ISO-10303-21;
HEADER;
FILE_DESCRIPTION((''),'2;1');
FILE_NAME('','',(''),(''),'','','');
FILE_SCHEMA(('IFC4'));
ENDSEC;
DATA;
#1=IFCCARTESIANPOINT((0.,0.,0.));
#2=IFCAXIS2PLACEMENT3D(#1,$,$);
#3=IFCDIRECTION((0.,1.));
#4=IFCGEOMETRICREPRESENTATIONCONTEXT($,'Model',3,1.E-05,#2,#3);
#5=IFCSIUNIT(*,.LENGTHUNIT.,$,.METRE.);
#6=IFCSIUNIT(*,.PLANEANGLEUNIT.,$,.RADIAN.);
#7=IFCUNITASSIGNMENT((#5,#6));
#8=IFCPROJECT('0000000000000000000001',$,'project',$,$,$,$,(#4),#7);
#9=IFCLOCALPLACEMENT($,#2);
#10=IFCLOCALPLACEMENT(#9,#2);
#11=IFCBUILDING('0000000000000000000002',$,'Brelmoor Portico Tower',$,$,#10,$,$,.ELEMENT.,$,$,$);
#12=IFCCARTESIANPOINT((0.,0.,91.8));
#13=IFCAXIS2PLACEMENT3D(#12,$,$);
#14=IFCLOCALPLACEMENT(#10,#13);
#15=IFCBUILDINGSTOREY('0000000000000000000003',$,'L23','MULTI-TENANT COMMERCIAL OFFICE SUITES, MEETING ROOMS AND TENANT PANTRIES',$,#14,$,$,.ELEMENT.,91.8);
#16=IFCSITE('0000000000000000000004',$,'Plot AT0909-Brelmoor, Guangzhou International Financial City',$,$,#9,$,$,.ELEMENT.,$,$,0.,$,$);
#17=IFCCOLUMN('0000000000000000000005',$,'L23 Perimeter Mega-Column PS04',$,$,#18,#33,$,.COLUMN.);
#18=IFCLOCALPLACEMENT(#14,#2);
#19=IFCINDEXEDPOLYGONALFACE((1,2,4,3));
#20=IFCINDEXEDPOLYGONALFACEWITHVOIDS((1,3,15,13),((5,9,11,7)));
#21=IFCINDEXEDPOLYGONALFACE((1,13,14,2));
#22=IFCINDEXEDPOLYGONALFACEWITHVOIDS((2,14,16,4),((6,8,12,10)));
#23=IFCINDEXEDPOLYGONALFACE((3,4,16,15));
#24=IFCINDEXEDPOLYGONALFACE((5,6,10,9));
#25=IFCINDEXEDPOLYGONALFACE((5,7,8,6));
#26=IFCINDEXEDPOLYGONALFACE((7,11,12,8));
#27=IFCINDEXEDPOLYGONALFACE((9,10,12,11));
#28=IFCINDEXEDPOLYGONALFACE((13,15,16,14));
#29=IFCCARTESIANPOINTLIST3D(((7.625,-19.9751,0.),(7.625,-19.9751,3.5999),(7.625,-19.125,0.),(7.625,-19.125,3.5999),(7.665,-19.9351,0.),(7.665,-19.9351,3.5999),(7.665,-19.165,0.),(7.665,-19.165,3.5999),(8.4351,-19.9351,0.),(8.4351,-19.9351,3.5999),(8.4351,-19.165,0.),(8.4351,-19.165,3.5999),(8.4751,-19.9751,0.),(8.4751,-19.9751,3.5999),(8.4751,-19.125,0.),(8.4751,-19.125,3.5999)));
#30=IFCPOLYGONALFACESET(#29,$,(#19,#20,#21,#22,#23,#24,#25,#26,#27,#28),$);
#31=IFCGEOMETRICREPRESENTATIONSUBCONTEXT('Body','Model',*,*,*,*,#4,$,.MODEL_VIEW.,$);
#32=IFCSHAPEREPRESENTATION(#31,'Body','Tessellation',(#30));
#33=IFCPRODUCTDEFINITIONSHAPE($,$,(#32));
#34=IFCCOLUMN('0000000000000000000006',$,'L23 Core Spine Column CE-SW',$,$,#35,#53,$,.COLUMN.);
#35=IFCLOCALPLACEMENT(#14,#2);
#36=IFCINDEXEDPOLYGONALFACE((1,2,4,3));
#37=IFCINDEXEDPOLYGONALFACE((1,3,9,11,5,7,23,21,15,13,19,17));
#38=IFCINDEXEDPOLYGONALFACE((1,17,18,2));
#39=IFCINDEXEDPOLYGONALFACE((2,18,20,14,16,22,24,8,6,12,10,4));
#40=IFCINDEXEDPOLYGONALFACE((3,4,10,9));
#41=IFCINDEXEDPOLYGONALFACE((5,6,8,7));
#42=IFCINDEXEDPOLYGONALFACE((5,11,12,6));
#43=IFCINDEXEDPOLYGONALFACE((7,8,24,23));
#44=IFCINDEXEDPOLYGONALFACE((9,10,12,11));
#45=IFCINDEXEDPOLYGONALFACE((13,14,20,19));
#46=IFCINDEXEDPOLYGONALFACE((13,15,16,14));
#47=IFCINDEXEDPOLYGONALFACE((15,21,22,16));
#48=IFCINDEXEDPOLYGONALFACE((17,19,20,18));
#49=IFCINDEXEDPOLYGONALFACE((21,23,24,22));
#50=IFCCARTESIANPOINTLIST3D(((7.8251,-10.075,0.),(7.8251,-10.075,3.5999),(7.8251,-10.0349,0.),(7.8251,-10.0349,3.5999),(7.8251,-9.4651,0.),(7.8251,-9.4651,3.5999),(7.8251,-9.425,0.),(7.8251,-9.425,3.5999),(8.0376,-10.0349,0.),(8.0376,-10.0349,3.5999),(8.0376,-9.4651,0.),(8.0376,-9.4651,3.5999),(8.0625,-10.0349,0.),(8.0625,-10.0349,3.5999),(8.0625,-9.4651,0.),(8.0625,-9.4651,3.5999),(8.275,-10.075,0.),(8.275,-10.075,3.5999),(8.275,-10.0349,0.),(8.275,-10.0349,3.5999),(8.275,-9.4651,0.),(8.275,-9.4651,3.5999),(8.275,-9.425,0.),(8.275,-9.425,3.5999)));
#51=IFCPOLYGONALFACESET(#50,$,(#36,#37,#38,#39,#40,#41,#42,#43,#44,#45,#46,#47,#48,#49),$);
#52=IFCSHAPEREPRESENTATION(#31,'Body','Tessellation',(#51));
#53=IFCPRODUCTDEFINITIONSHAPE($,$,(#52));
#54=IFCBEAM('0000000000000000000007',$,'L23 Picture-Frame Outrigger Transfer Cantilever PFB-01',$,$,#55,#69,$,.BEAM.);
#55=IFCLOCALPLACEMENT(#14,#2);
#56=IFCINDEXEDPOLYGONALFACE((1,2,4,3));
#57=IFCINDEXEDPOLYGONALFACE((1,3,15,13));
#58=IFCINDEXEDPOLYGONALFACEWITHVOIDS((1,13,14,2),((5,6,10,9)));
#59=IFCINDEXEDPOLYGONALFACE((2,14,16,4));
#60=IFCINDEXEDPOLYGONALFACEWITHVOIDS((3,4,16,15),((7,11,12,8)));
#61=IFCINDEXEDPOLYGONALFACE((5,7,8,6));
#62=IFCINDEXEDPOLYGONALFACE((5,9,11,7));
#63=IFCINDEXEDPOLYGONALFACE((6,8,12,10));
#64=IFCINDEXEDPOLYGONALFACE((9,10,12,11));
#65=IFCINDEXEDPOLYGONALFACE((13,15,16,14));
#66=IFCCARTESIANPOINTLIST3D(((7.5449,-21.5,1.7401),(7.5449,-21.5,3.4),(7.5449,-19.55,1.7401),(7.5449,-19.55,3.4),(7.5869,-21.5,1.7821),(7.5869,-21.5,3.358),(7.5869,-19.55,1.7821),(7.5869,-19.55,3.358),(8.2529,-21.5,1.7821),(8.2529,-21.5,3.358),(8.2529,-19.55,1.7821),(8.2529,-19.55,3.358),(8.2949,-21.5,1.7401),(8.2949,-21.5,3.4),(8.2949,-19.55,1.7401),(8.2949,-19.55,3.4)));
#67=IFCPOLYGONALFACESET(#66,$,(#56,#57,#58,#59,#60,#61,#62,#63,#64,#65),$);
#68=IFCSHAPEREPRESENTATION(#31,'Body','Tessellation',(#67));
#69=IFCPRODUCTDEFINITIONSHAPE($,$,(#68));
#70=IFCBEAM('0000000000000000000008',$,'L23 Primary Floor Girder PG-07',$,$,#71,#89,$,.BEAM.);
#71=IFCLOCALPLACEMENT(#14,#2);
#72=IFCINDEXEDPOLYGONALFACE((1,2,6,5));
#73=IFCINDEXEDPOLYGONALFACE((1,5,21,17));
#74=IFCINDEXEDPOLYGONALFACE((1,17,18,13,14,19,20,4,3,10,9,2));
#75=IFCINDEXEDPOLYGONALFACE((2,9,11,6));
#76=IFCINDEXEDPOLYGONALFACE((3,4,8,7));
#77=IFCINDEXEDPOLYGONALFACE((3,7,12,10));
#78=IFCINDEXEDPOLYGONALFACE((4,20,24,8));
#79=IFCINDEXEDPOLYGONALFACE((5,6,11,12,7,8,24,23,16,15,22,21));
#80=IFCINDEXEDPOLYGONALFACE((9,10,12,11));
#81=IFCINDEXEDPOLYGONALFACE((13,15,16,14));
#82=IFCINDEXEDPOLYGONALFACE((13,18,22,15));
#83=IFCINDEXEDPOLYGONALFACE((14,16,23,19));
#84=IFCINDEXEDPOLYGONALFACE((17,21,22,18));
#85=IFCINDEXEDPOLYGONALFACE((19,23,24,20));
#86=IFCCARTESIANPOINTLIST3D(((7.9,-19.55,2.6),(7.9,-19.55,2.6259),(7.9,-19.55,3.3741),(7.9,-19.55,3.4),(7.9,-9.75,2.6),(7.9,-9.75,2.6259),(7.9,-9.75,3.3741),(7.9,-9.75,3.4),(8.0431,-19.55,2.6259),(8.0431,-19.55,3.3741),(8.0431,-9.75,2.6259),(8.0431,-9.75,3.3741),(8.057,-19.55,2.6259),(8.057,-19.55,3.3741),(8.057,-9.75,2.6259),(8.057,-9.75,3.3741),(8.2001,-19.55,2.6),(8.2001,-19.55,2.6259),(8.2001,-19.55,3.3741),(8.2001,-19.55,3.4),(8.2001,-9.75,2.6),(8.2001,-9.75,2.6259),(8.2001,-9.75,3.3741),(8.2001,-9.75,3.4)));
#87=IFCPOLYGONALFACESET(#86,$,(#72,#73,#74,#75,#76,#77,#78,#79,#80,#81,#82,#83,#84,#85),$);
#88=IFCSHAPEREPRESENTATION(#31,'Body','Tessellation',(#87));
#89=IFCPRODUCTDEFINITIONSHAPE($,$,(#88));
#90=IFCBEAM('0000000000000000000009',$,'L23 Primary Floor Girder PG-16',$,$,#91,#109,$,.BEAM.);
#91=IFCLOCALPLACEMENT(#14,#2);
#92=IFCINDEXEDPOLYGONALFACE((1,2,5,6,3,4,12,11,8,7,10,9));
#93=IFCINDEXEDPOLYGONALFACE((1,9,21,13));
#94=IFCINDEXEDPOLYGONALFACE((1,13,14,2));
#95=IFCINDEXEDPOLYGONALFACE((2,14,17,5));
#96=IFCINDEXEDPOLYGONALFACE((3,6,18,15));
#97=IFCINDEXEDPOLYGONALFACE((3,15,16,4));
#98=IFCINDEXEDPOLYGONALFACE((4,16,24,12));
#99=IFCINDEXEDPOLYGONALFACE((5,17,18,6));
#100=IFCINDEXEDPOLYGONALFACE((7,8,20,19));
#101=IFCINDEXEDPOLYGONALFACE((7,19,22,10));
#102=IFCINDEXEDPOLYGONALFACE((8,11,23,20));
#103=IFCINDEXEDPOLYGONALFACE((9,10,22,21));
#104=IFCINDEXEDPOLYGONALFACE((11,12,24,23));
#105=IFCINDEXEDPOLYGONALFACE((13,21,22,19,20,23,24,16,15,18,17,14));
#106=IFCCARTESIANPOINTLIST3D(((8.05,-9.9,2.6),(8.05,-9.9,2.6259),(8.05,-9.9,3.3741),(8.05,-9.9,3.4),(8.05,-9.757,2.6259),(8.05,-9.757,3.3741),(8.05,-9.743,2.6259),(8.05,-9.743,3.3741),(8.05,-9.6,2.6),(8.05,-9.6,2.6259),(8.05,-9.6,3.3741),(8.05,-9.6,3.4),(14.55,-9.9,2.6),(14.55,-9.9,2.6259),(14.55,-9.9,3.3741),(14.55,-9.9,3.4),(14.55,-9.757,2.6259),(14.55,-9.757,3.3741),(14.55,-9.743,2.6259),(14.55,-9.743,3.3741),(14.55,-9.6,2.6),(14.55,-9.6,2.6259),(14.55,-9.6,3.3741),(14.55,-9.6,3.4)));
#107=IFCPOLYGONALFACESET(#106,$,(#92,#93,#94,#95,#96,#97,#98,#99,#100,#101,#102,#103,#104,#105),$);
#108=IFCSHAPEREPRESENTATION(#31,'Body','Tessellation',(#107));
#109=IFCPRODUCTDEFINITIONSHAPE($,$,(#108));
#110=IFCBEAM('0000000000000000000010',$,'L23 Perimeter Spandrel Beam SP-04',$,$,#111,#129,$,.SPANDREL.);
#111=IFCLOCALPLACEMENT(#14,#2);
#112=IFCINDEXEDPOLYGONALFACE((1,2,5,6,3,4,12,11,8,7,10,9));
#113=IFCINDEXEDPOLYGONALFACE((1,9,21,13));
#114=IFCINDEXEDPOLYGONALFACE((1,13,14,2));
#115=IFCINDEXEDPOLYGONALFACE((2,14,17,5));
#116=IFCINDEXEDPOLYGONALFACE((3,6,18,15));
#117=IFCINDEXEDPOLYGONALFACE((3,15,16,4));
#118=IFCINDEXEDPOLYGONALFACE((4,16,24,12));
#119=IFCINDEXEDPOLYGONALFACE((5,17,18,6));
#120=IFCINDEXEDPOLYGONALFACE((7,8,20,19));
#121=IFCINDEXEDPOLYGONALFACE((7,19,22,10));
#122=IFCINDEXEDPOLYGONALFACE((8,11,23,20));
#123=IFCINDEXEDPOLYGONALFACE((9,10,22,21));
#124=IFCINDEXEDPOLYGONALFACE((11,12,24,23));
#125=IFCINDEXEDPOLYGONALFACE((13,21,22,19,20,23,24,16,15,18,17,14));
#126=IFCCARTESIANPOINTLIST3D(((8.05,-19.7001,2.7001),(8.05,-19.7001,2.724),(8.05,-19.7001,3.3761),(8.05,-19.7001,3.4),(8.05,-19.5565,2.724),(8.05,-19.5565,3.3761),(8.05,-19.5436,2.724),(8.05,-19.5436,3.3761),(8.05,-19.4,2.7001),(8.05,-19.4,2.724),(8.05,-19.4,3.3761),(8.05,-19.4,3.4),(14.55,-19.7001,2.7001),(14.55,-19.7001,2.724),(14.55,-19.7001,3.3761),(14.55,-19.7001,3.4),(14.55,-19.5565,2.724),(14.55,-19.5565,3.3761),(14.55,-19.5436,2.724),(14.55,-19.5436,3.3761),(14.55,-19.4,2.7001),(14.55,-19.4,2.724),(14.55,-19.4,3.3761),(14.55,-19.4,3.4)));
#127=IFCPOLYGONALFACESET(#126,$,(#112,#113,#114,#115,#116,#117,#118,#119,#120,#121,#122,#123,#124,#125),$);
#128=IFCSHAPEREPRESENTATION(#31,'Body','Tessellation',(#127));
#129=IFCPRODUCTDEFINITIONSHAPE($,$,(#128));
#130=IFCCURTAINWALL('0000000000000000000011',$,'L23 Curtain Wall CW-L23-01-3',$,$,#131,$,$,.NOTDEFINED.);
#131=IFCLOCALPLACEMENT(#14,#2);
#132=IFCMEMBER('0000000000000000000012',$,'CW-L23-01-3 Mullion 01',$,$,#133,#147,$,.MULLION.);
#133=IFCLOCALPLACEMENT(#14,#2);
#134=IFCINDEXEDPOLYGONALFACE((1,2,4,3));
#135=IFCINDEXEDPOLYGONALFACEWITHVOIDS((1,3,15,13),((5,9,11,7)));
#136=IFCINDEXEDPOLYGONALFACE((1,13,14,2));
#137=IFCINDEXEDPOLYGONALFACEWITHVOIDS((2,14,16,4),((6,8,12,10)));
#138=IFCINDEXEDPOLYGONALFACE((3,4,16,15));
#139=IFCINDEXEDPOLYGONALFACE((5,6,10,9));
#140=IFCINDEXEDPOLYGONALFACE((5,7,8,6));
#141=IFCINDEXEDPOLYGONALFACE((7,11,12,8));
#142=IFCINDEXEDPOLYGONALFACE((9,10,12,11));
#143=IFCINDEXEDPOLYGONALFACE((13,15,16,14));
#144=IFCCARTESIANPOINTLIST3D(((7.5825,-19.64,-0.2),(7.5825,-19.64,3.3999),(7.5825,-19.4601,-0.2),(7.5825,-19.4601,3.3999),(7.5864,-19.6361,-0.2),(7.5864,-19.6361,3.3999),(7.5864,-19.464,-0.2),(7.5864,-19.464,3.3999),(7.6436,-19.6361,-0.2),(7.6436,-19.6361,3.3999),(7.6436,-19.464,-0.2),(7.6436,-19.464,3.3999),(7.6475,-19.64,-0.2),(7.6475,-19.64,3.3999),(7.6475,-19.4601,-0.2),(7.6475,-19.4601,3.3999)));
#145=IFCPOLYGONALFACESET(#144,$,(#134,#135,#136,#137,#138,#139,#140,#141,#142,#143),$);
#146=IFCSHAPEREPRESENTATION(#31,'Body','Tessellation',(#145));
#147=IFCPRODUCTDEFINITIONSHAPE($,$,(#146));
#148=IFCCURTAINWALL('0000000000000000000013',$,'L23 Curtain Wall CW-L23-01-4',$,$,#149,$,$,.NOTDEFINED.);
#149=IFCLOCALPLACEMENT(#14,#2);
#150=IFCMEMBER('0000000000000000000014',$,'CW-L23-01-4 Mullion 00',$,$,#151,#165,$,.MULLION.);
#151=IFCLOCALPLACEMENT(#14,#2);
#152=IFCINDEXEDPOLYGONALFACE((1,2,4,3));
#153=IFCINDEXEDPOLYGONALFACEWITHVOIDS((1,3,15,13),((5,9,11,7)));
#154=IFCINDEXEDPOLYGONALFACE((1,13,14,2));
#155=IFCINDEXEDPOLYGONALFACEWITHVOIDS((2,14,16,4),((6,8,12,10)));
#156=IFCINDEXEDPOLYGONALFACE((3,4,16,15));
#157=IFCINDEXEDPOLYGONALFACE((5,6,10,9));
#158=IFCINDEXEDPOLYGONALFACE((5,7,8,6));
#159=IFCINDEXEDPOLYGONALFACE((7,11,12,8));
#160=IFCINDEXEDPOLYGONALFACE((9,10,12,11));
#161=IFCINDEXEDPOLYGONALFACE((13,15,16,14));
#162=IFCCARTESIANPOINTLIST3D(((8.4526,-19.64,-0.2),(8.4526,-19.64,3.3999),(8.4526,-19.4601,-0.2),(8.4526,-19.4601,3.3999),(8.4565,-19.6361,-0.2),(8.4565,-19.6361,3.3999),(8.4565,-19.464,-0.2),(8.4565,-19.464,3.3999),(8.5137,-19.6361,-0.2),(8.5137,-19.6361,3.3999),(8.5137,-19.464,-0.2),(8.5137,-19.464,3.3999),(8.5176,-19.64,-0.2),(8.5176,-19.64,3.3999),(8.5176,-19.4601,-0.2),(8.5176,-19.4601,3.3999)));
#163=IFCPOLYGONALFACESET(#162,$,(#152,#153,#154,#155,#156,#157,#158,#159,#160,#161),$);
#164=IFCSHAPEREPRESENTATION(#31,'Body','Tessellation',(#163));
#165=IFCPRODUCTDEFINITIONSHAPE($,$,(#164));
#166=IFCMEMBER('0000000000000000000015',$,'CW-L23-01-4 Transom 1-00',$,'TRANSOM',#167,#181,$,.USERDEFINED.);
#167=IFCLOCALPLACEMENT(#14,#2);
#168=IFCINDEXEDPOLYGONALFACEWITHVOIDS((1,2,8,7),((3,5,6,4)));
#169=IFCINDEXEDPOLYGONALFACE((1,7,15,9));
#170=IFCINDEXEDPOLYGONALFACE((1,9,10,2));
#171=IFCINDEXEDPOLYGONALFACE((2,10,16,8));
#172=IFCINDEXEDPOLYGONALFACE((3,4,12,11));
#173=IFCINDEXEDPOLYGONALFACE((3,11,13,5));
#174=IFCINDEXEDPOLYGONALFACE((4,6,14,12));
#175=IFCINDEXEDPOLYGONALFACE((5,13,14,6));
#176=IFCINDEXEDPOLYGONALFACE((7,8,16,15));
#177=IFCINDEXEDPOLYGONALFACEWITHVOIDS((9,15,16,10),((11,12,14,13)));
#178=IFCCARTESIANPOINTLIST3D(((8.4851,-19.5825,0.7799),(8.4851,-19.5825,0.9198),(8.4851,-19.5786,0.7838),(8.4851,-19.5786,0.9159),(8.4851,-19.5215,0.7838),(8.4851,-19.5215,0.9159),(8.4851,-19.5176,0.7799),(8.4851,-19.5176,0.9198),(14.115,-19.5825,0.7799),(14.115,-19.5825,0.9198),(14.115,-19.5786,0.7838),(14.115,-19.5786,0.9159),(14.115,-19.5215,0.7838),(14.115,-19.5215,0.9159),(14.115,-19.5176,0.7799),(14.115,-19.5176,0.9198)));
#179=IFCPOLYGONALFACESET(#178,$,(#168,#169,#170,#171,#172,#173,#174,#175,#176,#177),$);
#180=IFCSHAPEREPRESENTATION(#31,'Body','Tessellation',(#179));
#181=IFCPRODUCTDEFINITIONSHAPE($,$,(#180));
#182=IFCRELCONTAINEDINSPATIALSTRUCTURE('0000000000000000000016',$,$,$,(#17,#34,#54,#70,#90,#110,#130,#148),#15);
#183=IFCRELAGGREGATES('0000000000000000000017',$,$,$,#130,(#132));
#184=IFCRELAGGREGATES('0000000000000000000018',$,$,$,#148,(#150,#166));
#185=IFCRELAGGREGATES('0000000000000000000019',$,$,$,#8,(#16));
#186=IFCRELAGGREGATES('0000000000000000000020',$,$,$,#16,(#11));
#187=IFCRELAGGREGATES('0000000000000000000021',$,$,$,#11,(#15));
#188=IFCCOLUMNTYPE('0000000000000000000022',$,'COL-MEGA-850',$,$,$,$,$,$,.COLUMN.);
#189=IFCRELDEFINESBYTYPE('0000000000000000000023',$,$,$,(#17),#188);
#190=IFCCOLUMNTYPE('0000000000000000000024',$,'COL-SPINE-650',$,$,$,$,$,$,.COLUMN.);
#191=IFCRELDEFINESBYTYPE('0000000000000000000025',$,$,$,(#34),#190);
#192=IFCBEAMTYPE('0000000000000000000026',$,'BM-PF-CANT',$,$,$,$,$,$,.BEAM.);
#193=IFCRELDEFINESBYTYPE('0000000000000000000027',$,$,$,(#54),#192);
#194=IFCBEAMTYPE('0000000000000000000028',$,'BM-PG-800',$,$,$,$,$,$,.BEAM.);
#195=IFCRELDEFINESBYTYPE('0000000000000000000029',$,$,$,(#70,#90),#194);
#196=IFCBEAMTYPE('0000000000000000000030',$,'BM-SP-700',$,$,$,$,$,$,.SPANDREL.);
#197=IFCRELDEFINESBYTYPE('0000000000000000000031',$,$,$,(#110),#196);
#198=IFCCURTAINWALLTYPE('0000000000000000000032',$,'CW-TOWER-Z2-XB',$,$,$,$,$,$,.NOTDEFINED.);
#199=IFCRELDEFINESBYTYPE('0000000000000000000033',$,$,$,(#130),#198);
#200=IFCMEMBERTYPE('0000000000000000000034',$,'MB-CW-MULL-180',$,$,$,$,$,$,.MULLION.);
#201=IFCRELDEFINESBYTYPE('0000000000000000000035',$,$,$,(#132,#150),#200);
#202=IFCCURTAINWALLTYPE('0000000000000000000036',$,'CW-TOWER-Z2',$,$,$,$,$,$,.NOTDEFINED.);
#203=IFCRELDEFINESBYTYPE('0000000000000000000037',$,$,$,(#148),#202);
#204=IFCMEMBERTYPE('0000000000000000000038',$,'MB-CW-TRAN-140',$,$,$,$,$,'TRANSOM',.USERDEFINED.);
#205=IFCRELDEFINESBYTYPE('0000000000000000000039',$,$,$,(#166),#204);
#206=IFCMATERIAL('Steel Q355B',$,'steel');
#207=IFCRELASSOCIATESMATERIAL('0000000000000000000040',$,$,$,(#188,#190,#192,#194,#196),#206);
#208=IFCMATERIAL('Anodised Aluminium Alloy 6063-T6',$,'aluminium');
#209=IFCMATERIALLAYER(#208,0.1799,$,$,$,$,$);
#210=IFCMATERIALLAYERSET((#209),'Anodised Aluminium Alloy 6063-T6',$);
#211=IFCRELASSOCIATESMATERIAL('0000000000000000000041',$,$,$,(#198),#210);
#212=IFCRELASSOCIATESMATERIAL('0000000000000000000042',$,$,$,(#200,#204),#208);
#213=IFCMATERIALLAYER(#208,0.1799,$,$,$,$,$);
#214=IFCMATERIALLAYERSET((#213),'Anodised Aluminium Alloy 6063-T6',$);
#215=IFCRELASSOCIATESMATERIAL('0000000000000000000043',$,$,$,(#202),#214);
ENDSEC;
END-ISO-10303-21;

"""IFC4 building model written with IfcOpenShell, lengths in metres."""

from ifc_helpers import new_model, si_unit, direction, frame, origin, origin_2d, place, context, subcontext, project, spatial, hollow_rectangle, i_section, extrude, material, layer, layer_set, material_profile, profile_set, type_object, element, aggregate, save


model = new_model("IFC4")

# Units and contexts
model_context = context("Model", 3, precision=1e-05, world=origin(), true_north=direction((0.0, 1.0)))
body_context = subcontext(model_context, "Body", "Model", "MODEL_VIEW")
ifc_project = project(units=[si_unit("LENGTHUNIT", "METRE"), si_unit("PLANEANGLEUNIT", "RADIAN")], contexts=[model_context])

# Site, building, storey
site_placement = place(None, origin())
site = spatial("IfcSite", under=ifc_project, at=site_placement, Name="Plot AT0909-Brelmoor, Guangzhou International Financial City", CompositionType="ELEMENT", RefElevation=0.0)
building_placement = place(site_placement, origin())
building = spatial("IfcBuilding", under=site, at=building_placement, Name="Brelmoor Portico Tower", CompositionType="ELEMENT")
storey_placement = place(building_placement, frame((0.0, 0.0, 91.8)))
storey = spatial("IfcBuildingStorey", under=building, at=storey_placement, Name="L23", Description="MULTI-TENANT COMMERCIAL OFFICE SUITES, MEETING ROOMS AND TENANT PANTRIES", CompositionType="ELEMENT", Elevation=91.8)

# Columns
ifc_material_1 = material(Name="Steel Q355B", Category="steel")
ifc_material_profile_1 = material_profile(ifc_material_1, hollow_rectangle(XDim=0.8501, YDim=0.8501, WallThickness=0.04, at=origin_2d()), Name="BOX 850x850x40")
ifc_profile_set_1 = profile_set([ifc_material_profile_1], Name="Steel Q355B")
column_type_1 = type_object("IfcColumnType", Name="COL-MEGA-850", PredefinedType="COLUMN", material=ifc_profile_set_1)
column_1_placement = place(storey_placement, frame((8.05, -19.55, 0.0), z_axis=(0.0, 0.0, 1.0), x_axis=(1.0, 0.0, 0.0)))
element("IfcColumn", 1, at=column_1_placement, inside=storey, type_object=column_type_1, Name="L23 Perimeter Mega-Column PS04", PredefinedType="COLUMN", context=body_context, shape_type="SweptSolid", body=[
    extrude(hollow_rectangle(XDim=0.8501, YDim=0.8501, WallThickness=0.04, at=origin_2d()), origin(), (0.0, 0.0, 1.0), 3.5999),
])
ifc_material_profile_2 = material_profile(ifc_material_1, i_section(OverallWidth=0.45, OverallDepth=0.6499, WebThickness=0.0249, FlangeThickness=0.04, at=origin_2d()), Name="HW 650x450x25x40")
ifc_profile_set_2 = profile_set([ifc_material_profile_2], Name="Steel Q355B")
column_type_2 = type_object("IfcColumnType", Name="COL-SPINE-650", PredefinedType="COLUMN", material=ifc_profile_set_2)
column_2_placement = place(storey_placement, frame((8.05, -9.75, 0.0), z_axis=(0.0, 0.0, 1.0), x_axis=(1.0, 0.0, 0.0)))
element("IfcColumn", 2, at=column_2_placement, inside=storey, type_object=column_type_2, Name="L23 Core Spine Column CE-SW", PredefinedType="COLUMN", context=body_context, shape_type="SweptSolid", body=[
    extrude(i_section(OverallWidth=0.45, OverallDepth=0.6499, WebThickness=0.0249, FlangeThickness=0.04, at=origin_2d()), origin(), (0.0, 0.0, 1.0), 3.5999),
])

# Beams
ifc_material_profile_3 = material_profile(ifc_material_1, hollow_rectangle(XDim=0.75, YDim=1.6599, WallThickness=0.042, at=origin_2d()), Name="BOX 750x1660x42")
ifc_profile_set_3 = profile_set([ifc_material_profile_3], Name="Steel Q355B")
beam_type_1 = type_object("IfcBeamType", Name="BM-PF-CANT", PredefinedType="BEAM", material=ifc_profile_set_3)
beam_1_placement = place(storey_placement, frame((7.9199, -21.5, 2.5701), z_axis=(0.0, 1.0, 0.0), x_axis=(-1.0, 0.0, 0.0)))
element("IfcBeam", 3, at=beam_1_placement, inside=storey, type_object=beam_type_1, Name="L23 Picture-Frame Outrigger Transfer Cantilever PFB-01", PredefinedType="BEAM", context=body_context, shape_type="SweptSolid", body=[
    extrude(hollow_rectangle(XDim=0.75, YDim=1.6599, WallThickness=0.042, at=origin_2d()), origin(), (0.0, 0.0, 1.0), 1.95),
])
ifc_material_profile_4 = material_profile(ifc_material_1, i_section(OverallWidth=0.3, OverallDepth=0.8, WebThickness=0.0139, FlangeThickness=0.0259, at=origin_2d()), Name="HN 800x300x14x26")
ifc_profile_set_4 = profile_set([ifc_material_profile_4], Name="Steel Q355B")
beam_type_2 = type_object("IfcBeamType", Name="BM-PG-800", PredefinedType="BEAM", material=ifc_profile_set_4)
beam_2_placement = place(storey_placement, frame((8.05, -19.55, 3.0), z_axis=(0.0, 1.0, 0.0), x_axis=(-1.0, 0.0, 0.0)))
element("IfcBeam", 4, at=beam_2_placement, inside=storey, type_object=beam_type_2, Name="L23 Primary Floor Girder PG-07", PredefinedType="BEAM", context=body_context, shape_type="SweptSolid", body=[
    extrude(i_section(OverallWidth=0.3, OverallDepth=0.8, WebThickness=0.0139, FlangeThickness=0.0259, at=origin_2d()), origin(), (0.0, 0.0, 1.0), 9.8),
])
beam_3_placement = place(storey_placement, frame((8.05, -9.75, 3.0), z_axis=(1.0, 0.0, 0.0), x_axis=(0.0, 1.0, 0.0)))
element("IfcBeam", 5, at=beam_3_placement, inside=storey, type_object=beam_type_2, Name="L23 Primary Floor Girder PG-16", PredefinedType="BEAM", context=body_context, shape_type="SweptSolid", body=[
    extrude(i_section(OverallWidth=0.3, OverallDepth=0.8, WebThickness=0.0139, FlangeThickness=0.0259, at=origin_2d()), origin(), (0.0, 0.0, 1.0), 6.5),
])
ifc_material_profile_5 = material_profile(ifc_material_1, i_section(OverallWidth=0.3, OverallDepth=0.7, WebThickness=0.0129, FlangeThickness=0.0239, at=origin_2d()), Name="HN 700x300x13x24")
ifc_profile_set_5 = profile_set([ifc_material_profile_5], Name="Steel Q355B")
beam_type_3 = type_object("IfcBeamType", Name="BM-SP-700", PredefinedType="SPANDREL", material=ifc_profile_set_5)
beam_4_placement = place(storey_placement, frame((8.05, -19.55, 3.05), z_axis=(1.0, 0.0, 0.0), x_axis=(0.0, 1.0, 0.0)))
element("IfcBeam", 6, at=beam_4_placement, inside=storey, type_object=beam_type_3, Name="L23 Perimeter Spandrel Beam SP-04", PredefinedType="SPANDREL", context=body_context, shape_type="SweptSolid", body=[
    extrude(i_section(OverallWidth=0.3, OverallDepth=0.7, WebThickness=0.0129, FlangeThickness=0.0239, at=origin_2d()), origin(), (0.0, 0.0, 1.0), 6.5),
])

# Curtain wall, member
ifc_material_2 = material(Name="Anodised Aluminium Alloy 6063-T6", Category="aluminium")
ifc_layer_1 = layer(ifc_material_2, 0.1799)
ifc_layer_set_1 = layer_set([ifc_layer_1], Name="Anodised Aluminium Alloy 6063-T6")
curtain_wall_type_1 = type_object("IfcCurtainWallType", Name="CW-TOWER-Z2-XB", PredefinedType="NOTDEFINED", material=ifc_layer_set_1)
curtain_wall_1_placement = place(storey_placement, origin())
curtain_wall_1 = element("IfcCurtainWall", 7, at=curtain_wall_1_placement, inside=storey, type_object=curtain_wall_type_1, Name="L23 Curtain Wall CW-L23-01-3", PredefinedType="NOTDEFINED")
ifc_material_profile_6 = material_profile(ifc_material_2, hollow_rectangle(XDim=0.0649, YDim=0.1799, WallThickness=0.0039, at=origin_2d()), Name="ALU MULLION 65x180")
ifc_profile_set_6 = profile_set([ifc_material_profile_6], Name="Anodised Aluminium Alloy 6063-T6")
member_type_1 = type_object("IfcMemberType", Name="MB-CW-MULL-180", PredefinedType="MULLION", material=ifc_profile_set_6)
member_1_placement = place(storey_placement, frame((7.615, -19.55, -0.2), z_axis=(0.0, 0.0, 1.0), x_axis=(1.0, 0.0, 0.0)))
member_1 = element("IfcMember", 8, at=member_1_placement, type_object=member_type_1, Name="CW-L23-01-3 Mullion 01", PredefinedType="MULLION", context=body_context, shape_type="SweptSolid", body=[
    extrude(hollow_rectangle(XDim=0.0649, YDim=0.1799, WallThickness=0.0039, at=origin_2d()), origin(), (0.0, 0.0, 1.0), 3.5999),
])

# Curtain wall, members
ifc_layer_2 = layer(ifc_material_2, 0.1799)
ifc_layer_set_2 = layer_set([ifc_layer_2], Name="Anodised Aluminium Alloy 6063-T6")
curtain_wall_type_2 = type_object("IfcCurtainWallType", Name="CW-TOWER-Z2", PredefinedType="NOTDEFINED", material=ifc_layer_set_2)
curtain_wall_2_placement = place(storey_placement, origin())
curtain_wall_2 = element("IfcCurtainWall", 9, at=curtain_wall_2_placement, inside=storey, type_object=curtain_wall_type_2, Name="L23 Curtain Wall CW-L23-01-4", PredefinedType="NOTDEFINED")
member_2_placement = place(storey_placement, frame((8.4851, -19.55, -0.2), z_axis=(0.0, 0.0, 1.0), x_axis=(1.0, 0.0, 0.0)))
member_2 = element("IfcMember", 10, at=member_2_placement, type_object=member_type_1, Name="CW-L23-01-4 Mullion 00", PredefinedType="MULLION", context=body_context, shape_type="SweptSolid", body=[
    extrude(hollow_rectangle(XDim=0.0649, YDim=0.1799, WallThickness=0.0039, at=origin_2d()), origin(), (0.0, 0.0, 1.0), 3.5999),
])
ifc_material_profile_7 = material_profile(ifc_material_2, hollow_rectangle(XDim=0.0649, YDim=0.1399, WallThickness=0.0039, at=origin_2d()), Name="ALU TRANSOM 65x140")
ifc_profile_set_7 = profile_set([ifc_material_profile_7], Name="Anodised Aluminium Alloy 6063-T6")
member_type_2 = type_object("IfcMemberType", Name="MB-CW-TRAN-140", ElementType="TRANSOM", PredefinedType="USERDEFINED", material=ifc_profile_set_7)
member_3_placement = place(storey_placement, frame((8.4851, -19.55, 0.8499), z_axis=(1.0, 0.0, 0.0), x_axis=(0.0, 1.0, 0.0)))
member_3 = element("IfcMember", 11, at=member_3_placement, type_object=member_type_2, Name="CW-L23-01-4 Transom 1-00", ObjectType="TRANSOM", PredefinedType="USERDEFINED", context=body_context, shape_type="SweptSolid", body=[
    extrude(hollow_rectangle(XDim=0.0649, YDim=0.1399, WallThickness=0.0039, at=origin_2d()), origin(), (0.0, 0.0, 1.0), 5.6299),
])

aggregate(curtain_wall_1, [member_1])
aggregate(curtain_wall_2, [member_2, member_3])

save(model, "model.ifc")
